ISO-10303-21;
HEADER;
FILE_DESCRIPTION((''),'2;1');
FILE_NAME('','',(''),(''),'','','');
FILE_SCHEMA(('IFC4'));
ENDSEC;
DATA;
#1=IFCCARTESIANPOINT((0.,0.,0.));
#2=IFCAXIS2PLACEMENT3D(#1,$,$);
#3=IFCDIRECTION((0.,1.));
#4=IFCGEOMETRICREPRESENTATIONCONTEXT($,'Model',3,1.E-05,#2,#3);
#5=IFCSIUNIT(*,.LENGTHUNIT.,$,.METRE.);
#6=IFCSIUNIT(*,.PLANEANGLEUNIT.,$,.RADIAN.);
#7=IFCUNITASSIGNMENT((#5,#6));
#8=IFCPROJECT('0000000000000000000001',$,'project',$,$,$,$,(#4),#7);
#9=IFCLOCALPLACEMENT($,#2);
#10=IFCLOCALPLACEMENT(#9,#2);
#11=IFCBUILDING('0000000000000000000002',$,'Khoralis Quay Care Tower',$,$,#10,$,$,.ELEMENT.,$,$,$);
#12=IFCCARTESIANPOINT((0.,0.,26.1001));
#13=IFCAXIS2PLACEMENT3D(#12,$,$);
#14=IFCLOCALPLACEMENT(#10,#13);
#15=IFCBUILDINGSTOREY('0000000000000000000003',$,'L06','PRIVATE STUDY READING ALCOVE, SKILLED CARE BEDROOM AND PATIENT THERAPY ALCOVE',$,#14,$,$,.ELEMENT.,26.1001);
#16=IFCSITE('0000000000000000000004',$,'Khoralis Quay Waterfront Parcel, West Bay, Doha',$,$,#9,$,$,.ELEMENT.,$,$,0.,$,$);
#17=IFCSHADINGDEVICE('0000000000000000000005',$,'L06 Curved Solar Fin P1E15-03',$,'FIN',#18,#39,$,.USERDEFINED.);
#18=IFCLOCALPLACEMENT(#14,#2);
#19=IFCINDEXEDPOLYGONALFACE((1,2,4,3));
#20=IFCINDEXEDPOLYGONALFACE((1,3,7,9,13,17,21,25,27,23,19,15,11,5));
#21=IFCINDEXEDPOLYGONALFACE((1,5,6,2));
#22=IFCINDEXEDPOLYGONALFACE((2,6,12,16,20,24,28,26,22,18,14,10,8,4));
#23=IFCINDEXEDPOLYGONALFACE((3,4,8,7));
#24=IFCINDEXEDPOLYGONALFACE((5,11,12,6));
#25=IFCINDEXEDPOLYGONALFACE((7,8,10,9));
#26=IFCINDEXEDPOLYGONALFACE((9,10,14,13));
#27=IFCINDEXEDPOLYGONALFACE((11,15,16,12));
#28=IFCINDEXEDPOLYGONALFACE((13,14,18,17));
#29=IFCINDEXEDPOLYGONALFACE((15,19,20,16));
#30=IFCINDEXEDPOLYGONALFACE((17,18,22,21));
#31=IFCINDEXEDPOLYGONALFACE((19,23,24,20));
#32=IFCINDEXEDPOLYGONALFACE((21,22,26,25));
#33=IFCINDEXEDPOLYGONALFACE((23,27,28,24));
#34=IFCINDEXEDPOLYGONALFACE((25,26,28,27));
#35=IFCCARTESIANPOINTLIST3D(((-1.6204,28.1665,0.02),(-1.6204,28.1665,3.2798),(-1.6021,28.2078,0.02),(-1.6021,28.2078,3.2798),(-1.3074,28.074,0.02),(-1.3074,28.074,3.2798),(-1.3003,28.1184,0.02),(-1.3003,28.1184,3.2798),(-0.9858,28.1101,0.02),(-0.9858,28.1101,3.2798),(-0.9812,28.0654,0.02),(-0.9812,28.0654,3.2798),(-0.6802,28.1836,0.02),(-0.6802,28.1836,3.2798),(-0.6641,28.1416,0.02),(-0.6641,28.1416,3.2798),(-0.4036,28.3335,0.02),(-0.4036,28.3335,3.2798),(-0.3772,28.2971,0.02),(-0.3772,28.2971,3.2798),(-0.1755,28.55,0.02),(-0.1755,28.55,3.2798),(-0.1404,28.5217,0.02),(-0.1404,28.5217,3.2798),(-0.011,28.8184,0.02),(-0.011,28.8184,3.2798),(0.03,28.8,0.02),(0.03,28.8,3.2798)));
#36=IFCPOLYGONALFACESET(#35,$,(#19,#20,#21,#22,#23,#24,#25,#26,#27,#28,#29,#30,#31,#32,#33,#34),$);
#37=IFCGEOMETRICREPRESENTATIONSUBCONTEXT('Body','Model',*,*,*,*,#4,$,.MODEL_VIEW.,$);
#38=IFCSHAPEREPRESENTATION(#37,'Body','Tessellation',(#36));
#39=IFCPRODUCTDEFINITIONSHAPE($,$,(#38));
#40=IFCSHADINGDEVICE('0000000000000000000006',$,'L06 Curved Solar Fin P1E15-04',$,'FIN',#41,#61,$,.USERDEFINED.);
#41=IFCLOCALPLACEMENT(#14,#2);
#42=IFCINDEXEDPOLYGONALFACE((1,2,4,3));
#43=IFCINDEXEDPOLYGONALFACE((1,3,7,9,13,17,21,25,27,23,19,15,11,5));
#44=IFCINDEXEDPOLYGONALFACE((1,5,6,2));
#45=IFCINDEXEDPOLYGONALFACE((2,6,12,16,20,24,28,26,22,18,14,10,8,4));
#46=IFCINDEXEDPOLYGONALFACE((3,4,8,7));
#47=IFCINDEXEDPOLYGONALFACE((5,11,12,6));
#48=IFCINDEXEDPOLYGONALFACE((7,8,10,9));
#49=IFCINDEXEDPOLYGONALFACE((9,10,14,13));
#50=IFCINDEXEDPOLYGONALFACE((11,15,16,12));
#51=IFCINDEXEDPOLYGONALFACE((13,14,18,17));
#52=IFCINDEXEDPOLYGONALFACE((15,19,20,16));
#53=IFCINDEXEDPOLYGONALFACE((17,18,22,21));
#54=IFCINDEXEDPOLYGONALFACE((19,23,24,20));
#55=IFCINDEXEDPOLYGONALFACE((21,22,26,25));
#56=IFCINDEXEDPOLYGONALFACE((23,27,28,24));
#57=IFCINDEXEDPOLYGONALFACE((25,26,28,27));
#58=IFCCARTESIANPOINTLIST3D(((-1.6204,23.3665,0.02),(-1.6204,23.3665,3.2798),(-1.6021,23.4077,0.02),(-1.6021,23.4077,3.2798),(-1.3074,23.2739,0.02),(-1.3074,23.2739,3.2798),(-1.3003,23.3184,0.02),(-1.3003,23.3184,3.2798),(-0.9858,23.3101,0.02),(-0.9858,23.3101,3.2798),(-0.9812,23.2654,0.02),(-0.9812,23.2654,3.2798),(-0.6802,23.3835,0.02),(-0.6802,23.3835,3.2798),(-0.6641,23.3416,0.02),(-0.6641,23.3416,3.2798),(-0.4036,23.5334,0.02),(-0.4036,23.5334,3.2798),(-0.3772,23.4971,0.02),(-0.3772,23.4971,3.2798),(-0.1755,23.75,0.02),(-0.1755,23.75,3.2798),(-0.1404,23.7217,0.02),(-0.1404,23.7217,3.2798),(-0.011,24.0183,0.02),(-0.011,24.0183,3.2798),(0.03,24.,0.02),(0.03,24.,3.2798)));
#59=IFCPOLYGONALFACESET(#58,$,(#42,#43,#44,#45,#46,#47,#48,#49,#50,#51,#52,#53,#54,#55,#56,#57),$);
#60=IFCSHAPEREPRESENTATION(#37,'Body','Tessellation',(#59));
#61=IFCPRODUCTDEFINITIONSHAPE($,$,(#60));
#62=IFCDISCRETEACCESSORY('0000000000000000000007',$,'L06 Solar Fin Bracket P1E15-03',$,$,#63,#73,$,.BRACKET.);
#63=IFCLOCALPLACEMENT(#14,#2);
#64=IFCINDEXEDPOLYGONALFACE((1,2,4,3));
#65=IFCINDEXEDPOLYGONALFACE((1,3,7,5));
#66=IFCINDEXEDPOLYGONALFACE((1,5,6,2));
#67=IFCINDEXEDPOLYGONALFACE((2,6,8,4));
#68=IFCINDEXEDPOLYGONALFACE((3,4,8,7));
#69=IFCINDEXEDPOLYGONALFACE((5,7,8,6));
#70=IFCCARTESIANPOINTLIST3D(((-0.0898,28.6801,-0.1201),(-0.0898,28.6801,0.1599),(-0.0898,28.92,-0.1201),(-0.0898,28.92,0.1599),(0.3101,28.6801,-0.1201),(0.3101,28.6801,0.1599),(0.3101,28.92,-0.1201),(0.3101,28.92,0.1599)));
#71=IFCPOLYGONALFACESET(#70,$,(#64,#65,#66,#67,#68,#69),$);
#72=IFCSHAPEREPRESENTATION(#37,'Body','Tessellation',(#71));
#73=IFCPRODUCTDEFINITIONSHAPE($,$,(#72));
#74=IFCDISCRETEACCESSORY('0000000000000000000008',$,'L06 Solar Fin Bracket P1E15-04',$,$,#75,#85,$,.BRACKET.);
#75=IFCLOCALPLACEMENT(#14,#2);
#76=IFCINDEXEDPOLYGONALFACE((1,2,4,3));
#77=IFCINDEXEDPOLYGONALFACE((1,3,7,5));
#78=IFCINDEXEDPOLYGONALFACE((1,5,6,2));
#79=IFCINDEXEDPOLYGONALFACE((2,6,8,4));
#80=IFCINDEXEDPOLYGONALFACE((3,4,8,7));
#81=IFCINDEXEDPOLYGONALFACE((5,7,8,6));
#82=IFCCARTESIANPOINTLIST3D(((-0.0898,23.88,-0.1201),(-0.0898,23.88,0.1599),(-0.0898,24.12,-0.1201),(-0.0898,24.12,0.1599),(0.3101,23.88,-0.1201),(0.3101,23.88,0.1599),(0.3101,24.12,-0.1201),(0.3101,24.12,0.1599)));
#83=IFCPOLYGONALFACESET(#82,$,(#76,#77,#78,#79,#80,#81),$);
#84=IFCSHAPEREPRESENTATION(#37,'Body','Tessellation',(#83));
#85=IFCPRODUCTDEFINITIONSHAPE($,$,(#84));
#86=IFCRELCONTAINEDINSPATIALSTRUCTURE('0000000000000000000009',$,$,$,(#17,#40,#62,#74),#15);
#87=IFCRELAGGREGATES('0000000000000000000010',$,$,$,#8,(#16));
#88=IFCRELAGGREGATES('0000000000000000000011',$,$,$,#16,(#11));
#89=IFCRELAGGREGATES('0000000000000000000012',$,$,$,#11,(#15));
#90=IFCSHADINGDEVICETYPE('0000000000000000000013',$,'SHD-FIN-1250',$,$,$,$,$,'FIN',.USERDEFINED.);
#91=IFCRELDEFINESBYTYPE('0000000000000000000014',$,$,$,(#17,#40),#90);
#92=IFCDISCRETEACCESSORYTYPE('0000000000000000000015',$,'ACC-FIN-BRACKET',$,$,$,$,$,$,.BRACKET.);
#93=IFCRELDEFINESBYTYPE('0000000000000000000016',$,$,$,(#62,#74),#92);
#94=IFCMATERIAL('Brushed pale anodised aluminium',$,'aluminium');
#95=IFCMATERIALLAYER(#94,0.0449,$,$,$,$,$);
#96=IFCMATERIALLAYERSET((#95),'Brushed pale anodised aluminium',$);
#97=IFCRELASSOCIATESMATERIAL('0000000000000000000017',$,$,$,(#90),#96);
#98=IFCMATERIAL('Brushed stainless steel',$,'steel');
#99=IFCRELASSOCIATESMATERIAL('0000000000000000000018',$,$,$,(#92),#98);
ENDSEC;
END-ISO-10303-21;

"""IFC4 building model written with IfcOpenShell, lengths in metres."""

from ifc_helpers import new_model, si_unit, direction, frame, origin, origin_2d, place, context, subcontext, project, spatial, polyline, rectangle, outline, extrude, source, transform, mapped, material, layer, layer_set, type_object, element, save


model = new_model("IFC4")

# Units and contexts
model_context = context("Model", 3, precision=1e-05, world=origin(), true_north=direction((0.0, 1.0)))
body_context = subcontext(model_context, "Body", "Model", "MODEL_VIEW")
ifc_project = project(units=[si_unit("LENGTHUNIT", "METRE"), si_unit("PLANEANGLEUNIT", "RADIAN")], contexts=[model_context])

# Site, building, storey
site_placement = place(None, origin())
site = spatial("IfcSite", under=ifc_project, at=site_placement, Name="Khoralis Quay Waterfront Parcel, West Bay, Doha", CompositionType="ELEMENT", RefElevation=0.0)
building_placement = place(site_placement, origin())
building = spatial("IfcBuilding", under=site, at=building_placement, Name="Khoralis Quay Care Tower", CompositionType="ELEMENT")
storey_placement = place(building_placement, frame((0.0, 0.0, 26.1001)))
storey = spatial("IfcBuildingStorey", under=building, at=storey_placement, Name="L06", Description="PRIVATE STUDY READING ALCOVE, SKILLED CARE BEDROOM AND PATIENT THERAPY ALCOVE", CompositionType="ELEMENT", Elevation=26.1001)

# Shading devices
ifc_material_1 = material(Name="Brushed pale anodised aluminium", Category="aluminium")
ifc_layer_1 = layer(ifc_material_1, 0.0449)
ifc_layer_set_1 = layer_set([ifc_layer_1], Name="Brushed pale anodised aluminium")
shading_device_type = type_object("IfcShadingDeviceType", Name="SHD-FIN-1250", ElementType="FIN", PredefinedType="USERDEFINED", material=ifc_layer_set_1)
shared_shape_1 = source(origin(), body_context, "Body", "SweptSolid", [
    extrude(outline(polyline([(0.0, 0.0), (0.1704, 0.2783), (0.4072, 0.5029), (0.6941, 0.6584), (1.0112, 0.7346), (1.3374, 0.7261), (1.6504, 0.6335), (1.6321, 0.5923), (1.3303, 0.6816), (1.0159, 0.6899), (0.7102, 0.6165), (0.4336, 0.4666), (0.2056, 0.25), (0.041, -0.0183), (0.0, 0.0)])), origin(), (0.0, 0.0, 1.0), 3.2598),
])
for number, where, z_axis, x_axis, name in (
    (1, (0.03, 28.8, 0.02), (0.0, 0.0, 1.0), (-1.0, 0.0, 0.0), "L06 Curved Solar Fin P1E15-03"),
    (2, (0.03, 24.0, 0.02), (0.0, 0.0, 1.0), (-1.0, 0.0, 0.0), "L06 Curved Solar Fin P1E15-04"),
):
    element("IfcShadingDevice", number, at=place(storey_placement, frame(where, z_axis=z_axis, x_axis=x_axis)), inside=storey, type_object=shading_device_type, Name=name, ObjectType="FIN", PredefinedType="USERDEFINED", context=body_context, shape_type="MappedRepresentation", body=[
        mapped(shared_shape_1, transform((0.0, 0.0, 0.0), scale=1.0)),
    ])

# Discrete accessories
ifc_material_2 = material(Name="Brushed stainless steel", Category="steel")
discrete_accessory_type = type_object("IfcDiscreteAccessoryType", Name="ACC-FIN-BRACKET", PredefinedType="BRACKET", material=ifc_material_2)
shared_shape_2 = source(origin(), body_context, "Body", "SweptSolid", [
    extrude(rectangle(XDim=0.3999, YDim=0.24, at=origin_2d()), origin(), (0.0, 0.0, 1.0), 0.28),
])
for number, where, z_axis, x_axis, name in (
    (3, (0.1101, 28.8, -0.1201), (0.0, 0.0, 1.0), (-1.0, 0.0, 0.0), "L06 Solar Fin Bracket P1E15-03"),
    (4, (0.1101, 24.0, -0.1201), (0.0, 0.0, 1.0), (-1.0, 0.0, 0.0), "L06 Solar Fin Bracket P1E15-04"),
):
    element("IfcDiscreteAccessory", number, at=place(storey_placement, frame(where, z_axis=z_axis, x_axis=x_axis)), inside=storey, type_object=discrete_accessory_type, Name=name, PredefinedType="BRACKET", context=body_context, shape_type="MappedRepresentation", body=[
        mapped(shared_shape_2, transform((0.0, 0.0, 0.0), scale=1.0)),
    ])

save(model, "model.ifc")
